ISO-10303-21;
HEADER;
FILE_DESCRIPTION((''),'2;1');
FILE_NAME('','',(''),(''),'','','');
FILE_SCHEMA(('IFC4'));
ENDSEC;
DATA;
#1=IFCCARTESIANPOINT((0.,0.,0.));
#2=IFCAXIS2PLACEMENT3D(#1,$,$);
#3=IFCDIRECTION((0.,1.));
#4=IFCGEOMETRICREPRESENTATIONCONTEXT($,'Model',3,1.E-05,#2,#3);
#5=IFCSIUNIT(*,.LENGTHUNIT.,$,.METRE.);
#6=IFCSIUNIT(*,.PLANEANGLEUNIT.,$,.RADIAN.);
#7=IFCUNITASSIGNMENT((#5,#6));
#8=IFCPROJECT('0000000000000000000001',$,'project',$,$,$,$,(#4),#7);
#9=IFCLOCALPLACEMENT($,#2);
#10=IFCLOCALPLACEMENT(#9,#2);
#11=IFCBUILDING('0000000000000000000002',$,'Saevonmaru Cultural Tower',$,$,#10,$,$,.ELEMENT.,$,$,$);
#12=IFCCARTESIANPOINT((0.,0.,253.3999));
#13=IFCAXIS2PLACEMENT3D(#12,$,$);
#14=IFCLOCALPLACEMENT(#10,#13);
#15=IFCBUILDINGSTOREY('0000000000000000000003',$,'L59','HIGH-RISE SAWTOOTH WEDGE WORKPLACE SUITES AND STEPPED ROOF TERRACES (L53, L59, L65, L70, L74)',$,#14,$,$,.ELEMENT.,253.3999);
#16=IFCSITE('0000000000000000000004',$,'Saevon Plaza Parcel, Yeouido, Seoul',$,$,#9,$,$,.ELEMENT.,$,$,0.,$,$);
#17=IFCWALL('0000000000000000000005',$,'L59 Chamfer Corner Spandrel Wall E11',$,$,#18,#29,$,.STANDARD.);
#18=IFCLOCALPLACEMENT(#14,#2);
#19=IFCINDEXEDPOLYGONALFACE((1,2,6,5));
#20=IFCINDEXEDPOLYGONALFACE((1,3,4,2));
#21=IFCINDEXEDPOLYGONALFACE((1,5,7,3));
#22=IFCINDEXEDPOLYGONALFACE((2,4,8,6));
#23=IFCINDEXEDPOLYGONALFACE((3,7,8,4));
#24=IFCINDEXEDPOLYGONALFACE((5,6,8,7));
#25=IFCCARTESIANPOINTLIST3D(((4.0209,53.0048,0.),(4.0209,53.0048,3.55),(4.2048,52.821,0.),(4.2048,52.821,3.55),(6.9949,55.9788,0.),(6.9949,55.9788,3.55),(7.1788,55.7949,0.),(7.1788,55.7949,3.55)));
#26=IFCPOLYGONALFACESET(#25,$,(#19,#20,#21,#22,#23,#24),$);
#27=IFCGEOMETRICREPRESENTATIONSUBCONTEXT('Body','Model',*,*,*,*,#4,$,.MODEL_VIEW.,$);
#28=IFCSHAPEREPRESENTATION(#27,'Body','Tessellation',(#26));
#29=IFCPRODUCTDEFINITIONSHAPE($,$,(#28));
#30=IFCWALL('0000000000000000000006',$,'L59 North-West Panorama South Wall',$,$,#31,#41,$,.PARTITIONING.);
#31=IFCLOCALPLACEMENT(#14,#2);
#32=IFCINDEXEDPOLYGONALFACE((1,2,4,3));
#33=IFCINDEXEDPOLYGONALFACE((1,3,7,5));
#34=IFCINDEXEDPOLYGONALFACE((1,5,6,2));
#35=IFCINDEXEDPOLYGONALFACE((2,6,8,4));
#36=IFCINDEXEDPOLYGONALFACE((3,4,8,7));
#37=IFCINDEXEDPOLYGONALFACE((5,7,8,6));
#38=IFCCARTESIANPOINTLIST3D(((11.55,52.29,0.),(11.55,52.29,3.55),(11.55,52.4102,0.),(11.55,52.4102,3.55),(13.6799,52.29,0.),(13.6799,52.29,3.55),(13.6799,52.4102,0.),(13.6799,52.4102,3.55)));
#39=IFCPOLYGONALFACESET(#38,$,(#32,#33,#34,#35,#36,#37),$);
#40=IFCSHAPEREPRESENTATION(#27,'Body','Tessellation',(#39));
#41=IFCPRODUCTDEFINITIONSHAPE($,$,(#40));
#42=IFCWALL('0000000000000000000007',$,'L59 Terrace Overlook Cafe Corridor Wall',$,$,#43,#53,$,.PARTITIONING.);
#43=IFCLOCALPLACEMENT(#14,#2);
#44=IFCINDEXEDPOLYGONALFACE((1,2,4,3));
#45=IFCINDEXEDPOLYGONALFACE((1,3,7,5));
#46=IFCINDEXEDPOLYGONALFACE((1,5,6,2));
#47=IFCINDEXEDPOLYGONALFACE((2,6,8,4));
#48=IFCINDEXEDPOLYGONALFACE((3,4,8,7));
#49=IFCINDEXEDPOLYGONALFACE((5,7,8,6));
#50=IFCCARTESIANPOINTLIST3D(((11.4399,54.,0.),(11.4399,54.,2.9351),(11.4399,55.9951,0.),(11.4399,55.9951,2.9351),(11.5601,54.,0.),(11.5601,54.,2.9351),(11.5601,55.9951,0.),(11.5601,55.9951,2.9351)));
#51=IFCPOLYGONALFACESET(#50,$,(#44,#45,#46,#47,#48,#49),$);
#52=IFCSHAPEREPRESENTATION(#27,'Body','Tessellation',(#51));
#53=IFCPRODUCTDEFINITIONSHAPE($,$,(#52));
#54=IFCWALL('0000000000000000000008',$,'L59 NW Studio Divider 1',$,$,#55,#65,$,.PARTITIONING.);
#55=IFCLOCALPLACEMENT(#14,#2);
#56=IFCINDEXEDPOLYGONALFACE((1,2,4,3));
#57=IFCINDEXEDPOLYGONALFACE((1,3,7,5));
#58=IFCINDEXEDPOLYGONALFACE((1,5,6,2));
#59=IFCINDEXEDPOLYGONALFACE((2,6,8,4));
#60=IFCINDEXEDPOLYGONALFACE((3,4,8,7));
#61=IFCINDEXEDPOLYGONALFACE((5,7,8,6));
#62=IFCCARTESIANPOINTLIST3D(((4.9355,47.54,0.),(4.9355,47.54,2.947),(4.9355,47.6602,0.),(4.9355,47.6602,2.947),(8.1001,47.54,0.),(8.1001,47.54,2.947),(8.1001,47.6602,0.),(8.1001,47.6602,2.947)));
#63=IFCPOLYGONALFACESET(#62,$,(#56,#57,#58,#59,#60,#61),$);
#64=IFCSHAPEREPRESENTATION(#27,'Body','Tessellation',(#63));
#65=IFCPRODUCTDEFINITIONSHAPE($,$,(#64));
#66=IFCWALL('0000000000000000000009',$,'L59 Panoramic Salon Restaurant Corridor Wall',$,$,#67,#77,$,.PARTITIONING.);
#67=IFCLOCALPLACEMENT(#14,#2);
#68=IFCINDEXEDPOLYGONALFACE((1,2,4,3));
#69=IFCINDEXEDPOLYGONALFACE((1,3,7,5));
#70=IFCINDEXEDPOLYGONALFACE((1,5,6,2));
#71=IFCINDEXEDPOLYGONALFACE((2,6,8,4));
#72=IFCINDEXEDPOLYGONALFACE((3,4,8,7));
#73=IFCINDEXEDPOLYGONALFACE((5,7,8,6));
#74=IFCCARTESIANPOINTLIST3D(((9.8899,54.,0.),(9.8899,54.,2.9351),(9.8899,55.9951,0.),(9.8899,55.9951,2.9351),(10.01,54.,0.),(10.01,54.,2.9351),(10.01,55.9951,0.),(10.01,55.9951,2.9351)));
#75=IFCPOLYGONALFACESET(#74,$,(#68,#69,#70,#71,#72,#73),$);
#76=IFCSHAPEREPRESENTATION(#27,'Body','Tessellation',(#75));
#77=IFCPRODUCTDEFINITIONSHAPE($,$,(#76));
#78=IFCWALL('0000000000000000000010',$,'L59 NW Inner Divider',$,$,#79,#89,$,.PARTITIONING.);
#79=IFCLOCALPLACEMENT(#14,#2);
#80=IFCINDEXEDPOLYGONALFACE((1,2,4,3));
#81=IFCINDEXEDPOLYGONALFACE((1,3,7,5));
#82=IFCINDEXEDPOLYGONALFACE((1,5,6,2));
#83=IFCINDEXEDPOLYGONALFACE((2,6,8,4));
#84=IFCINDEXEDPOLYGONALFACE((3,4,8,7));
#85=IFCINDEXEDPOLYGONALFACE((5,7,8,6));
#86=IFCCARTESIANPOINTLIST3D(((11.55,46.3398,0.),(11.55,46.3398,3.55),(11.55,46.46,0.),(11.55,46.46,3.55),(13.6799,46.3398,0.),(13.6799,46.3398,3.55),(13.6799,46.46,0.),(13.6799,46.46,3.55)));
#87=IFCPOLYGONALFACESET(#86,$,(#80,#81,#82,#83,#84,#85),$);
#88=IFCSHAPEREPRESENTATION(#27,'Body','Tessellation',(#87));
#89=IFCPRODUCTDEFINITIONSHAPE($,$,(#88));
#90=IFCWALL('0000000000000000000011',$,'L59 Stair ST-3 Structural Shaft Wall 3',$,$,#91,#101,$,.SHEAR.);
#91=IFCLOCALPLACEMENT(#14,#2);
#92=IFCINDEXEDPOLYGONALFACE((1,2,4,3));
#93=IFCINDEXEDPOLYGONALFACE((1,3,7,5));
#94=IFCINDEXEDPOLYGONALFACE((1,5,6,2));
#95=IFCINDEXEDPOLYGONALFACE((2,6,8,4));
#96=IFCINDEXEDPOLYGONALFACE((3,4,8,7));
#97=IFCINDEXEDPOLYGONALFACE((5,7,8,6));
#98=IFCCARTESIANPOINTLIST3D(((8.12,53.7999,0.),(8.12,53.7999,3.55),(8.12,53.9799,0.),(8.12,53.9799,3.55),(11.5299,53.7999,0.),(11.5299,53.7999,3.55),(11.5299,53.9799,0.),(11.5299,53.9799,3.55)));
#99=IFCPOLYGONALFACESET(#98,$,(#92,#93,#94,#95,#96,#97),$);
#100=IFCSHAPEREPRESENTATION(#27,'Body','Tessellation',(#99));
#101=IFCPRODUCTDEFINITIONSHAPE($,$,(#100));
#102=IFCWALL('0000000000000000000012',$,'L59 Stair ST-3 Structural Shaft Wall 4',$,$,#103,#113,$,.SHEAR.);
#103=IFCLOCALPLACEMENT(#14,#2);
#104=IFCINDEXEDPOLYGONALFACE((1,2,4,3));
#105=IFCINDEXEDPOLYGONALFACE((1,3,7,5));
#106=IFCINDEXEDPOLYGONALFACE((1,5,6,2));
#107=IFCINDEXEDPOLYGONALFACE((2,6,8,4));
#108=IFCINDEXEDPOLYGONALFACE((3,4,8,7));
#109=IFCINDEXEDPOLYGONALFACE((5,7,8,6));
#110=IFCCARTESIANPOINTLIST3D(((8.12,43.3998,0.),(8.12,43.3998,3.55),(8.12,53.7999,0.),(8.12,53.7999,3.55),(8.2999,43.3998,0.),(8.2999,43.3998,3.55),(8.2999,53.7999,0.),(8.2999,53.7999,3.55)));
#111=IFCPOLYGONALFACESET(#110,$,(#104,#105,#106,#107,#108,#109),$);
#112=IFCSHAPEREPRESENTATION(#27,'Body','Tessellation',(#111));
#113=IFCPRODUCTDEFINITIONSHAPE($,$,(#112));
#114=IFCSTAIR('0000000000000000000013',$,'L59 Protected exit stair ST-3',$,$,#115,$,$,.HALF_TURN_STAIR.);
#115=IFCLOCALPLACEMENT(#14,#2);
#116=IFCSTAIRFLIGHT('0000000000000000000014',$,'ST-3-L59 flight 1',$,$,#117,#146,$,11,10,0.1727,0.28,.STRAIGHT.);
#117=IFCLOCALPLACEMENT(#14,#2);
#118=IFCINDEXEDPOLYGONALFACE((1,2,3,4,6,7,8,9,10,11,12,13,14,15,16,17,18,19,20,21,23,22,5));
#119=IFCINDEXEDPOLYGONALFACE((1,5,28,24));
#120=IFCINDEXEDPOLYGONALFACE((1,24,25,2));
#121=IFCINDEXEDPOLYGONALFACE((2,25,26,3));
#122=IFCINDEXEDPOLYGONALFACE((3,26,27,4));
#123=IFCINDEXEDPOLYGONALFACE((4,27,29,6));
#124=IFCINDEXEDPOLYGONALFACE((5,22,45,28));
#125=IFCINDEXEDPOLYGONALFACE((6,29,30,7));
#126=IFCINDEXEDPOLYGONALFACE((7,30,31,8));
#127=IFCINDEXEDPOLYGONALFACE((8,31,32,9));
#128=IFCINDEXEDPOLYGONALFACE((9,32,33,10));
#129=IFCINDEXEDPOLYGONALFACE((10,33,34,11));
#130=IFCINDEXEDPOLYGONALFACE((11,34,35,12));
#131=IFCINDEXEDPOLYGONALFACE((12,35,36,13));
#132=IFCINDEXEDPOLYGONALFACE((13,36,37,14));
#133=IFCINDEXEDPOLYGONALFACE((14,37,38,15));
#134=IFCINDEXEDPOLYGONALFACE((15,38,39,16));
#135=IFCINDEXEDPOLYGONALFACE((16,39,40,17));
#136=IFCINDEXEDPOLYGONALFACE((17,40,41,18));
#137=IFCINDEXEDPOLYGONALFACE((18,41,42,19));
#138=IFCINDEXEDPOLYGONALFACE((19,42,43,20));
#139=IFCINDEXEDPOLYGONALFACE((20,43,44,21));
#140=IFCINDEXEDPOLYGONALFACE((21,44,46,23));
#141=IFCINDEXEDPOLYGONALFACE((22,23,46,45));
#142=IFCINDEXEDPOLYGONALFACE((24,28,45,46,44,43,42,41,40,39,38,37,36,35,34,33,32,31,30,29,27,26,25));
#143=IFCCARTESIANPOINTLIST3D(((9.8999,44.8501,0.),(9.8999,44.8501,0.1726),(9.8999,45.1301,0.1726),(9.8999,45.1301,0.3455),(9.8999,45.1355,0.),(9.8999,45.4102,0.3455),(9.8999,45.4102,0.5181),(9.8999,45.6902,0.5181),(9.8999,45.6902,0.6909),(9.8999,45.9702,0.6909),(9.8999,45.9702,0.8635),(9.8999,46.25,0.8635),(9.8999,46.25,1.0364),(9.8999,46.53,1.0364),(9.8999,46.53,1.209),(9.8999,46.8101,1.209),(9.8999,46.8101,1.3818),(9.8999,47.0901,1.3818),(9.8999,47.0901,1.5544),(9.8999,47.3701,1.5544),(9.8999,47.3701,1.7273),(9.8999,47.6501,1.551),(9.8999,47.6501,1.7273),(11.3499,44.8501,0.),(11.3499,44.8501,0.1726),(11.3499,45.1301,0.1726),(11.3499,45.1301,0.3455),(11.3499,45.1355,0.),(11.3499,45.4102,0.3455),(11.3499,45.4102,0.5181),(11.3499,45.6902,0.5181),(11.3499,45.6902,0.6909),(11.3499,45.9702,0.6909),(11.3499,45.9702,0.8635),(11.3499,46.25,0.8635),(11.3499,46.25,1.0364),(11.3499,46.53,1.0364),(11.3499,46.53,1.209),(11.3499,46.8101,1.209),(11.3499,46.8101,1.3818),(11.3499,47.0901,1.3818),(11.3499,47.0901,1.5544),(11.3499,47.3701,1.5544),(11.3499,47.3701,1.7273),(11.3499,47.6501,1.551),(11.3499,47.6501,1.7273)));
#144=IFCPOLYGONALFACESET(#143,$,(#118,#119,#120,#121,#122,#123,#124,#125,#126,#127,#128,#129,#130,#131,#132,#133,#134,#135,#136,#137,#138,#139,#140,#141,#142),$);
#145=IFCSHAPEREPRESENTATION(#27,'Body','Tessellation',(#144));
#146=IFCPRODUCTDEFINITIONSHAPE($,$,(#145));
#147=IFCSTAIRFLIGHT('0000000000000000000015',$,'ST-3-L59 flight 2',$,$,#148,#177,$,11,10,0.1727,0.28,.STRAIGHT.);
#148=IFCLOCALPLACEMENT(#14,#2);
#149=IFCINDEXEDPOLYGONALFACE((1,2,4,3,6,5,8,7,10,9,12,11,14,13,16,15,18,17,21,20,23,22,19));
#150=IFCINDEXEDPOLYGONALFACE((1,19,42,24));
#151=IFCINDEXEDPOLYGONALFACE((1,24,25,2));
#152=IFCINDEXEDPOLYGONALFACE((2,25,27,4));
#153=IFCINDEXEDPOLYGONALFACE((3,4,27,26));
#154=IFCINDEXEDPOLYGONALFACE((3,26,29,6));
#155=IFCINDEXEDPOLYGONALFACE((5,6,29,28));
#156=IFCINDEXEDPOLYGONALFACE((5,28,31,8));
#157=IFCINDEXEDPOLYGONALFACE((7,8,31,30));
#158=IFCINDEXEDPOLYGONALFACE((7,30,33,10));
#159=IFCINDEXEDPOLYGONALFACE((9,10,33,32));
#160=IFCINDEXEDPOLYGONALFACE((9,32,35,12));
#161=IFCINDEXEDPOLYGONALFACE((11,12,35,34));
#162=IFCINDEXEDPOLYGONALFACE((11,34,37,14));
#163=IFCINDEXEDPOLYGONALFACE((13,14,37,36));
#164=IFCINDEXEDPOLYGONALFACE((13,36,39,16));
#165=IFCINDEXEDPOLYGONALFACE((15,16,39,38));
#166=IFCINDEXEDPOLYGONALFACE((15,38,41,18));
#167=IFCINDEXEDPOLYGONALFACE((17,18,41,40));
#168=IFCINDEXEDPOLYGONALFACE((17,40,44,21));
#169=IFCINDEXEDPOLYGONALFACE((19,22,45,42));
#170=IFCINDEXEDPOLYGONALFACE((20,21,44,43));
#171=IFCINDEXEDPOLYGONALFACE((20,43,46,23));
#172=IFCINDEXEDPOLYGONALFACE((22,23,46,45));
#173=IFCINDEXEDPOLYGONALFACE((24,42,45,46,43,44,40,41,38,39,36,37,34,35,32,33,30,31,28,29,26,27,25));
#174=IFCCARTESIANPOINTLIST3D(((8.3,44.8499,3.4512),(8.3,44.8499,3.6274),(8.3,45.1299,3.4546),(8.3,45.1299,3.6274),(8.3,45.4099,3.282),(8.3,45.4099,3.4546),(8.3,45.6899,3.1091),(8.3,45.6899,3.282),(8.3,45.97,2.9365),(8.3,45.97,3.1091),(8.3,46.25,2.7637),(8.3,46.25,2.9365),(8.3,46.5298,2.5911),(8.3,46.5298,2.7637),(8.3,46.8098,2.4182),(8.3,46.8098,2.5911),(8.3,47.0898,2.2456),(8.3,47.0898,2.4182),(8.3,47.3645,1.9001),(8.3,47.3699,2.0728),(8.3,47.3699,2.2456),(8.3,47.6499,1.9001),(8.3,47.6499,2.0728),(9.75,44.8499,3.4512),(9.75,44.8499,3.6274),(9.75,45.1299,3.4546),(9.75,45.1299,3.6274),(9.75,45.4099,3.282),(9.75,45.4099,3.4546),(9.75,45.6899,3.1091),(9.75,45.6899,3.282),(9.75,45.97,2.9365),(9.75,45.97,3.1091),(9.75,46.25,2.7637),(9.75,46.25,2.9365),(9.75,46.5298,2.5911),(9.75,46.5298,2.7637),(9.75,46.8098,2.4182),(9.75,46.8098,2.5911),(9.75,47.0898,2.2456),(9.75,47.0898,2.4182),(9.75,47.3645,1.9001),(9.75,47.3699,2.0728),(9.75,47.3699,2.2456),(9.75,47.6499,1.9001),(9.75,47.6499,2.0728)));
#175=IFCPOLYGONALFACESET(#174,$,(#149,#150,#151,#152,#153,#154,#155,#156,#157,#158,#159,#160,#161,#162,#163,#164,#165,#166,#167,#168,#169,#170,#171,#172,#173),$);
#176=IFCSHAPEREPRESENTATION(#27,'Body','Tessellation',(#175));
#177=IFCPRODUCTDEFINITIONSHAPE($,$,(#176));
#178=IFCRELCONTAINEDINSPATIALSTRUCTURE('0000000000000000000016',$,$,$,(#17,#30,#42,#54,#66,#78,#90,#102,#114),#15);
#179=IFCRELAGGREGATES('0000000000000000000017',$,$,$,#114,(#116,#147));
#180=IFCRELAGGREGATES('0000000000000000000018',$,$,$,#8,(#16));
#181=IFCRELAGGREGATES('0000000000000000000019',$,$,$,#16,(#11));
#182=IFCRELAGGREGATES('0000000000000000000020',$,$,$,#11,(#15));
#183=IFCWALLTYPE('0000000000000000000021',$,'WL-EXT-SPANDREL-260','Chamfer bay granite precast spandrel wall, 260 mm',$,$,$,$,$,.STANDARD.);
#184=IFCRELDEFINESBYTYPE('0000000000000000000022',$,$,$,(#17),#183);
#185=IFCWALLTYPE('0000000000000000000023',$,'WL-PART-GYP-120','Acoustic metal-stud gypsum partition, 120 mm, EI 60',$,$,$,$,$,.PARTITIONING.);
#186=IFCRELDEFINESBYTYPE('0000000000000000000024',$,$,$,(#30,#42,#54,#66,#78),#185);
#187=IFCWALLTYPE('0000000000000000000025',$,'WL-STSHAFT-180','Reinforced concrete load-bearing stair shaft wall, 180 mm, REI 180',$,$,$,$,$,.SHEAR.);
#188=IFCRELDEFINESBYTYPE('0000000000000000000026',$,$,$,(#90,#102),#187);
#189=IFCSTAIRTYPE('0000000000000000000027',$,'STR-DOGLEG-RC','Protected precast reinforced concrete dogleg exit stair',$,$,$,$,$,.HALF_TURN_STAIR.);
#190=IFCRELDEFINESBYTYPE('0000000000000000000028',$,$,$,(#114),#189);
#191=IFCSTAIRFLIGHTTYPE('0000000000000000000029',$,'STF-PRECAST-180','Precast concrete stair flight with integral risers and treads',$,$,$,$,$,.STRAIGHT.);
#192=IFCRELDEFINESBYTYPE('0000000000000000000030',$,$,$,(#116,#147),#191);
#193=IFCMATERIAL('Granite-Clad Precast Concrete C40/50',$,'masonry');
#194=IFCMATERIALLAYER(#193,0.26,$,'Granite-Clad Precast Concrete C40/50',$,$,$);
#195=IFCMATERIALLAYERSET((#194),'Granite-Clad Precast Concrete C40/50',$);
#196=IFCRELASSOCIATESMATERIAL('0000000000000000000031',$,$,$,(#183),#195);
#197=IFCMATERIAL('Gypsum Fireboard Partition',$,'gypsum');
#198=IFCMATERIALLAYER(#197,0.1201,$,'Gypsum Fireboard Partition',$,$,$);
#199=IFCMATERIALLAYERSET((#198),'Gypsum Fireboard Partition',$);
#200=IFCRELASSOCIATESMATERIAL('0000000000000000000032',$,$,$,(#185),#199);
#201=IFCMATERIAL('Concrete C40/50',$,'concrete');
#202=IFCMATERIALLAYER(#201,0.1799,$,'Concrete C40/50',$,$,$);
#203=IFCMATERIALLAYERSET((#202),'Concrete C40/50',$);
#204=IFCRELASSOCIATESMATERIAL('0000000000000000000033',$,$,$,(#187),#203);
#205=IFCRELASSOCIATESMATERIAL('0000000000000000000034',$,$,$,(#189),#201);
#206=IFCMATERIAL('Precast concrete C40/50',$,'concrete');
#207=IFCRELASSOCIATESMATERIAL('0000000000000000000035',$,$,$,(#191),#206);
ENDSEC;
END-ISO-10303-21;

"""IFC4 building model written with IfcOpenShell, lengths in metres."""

from ifc_helpers import new_model, si_unit, direction, frame, frame_2d, origin, place, context, subcontext, project, spatial, polyline, rectangle, outline, extrude, material, layer, layer_set, type_object, element, aggregate, save


model = new_model("IFC4")

# Units and contexts
model_context = context("Model", 3, precision=1e-05, world=origin(), true_north=direction((0.0, 1.0)))
body_context = subcontext(model_context, "Body", "Model", "MODEL_VIEW")
ifc_project = project(units=[si_unit("LENGTHUNIT", "METRE"), si_unit("PLANEANGLEUNIT", "RADIAN")], contexts=[model_context])

# Site, building, storey
site_placement = place(None, origin())
site = spatial("IfcSite", under=ifc_project, at=site_placement, Name="Saevon Plaza Parcel, Yeouido, Seoul", CompositionType="ELEMENT", RefElevation=0.0)
building_placement = place(site_placement, origin())
building = spatial("IfcBuilding", under=site, at=building_placement, Name="Saevonmaru Cultural Tower", CompositionType="ELEMENT")
storey_placement = place(building_placement, frame((0.0, 0.0, 253.3999)))
storey = spatial("IfcBuildingStorey", under=building, at=storey_placement, Name="L59", Description="HIGH-RISE SAWTOOTH WEDGE WORKPLACE SUITES AND STEPPED ROOF TERRACES (L53, L59, L65, L70, L74)", CompositionType="ELEMENT", Elevation=253.3999)

# Walls
ifc_material_1 = material(Name="Granite-Clad Precast Concrete C40/50", Category="masonry")
ifc_layer_1 = layer(ifc_material_1, 0.26, Name="Granite-Clad Precast Concrete C40/50")
ifc_layer_set_1 = layer_set([ifc_layer_1], Name="Granite-Clad Precast Concrete C40/50")
wall_type_1 = type_object("IfcWallType", Name="WL-EXT-SPANDREL-260", Description="Chamfer bay granite precast spandrel wall, 260 mm", PredefinedType="STANDARD", material=ifc_layer_set_1)
wall_1_placement = place(storey_placement, frame((7.0869, 55.887, 0.0), z_axis=(0.0, 0.0, 1.0), x_axis=(-0.707107, -0.707107, 0.0)))
element("IfcWall", 1, at=wall_1_placement, inside=storey, type_object=wall_type_1, Name="L59 Chamfer Corner Spandrel Wall E11", PredefinedType="STANDARD", context=body_context, shape_type="SweptSolid", body=[
    extrude(rectangle(XDim=4.2058, YDim=0.26, at=frame_2d((2.103, 0.0))), origin(), (0.0, 0.0, 1.0), 3.55),
])
ifc_material_2 = material(Name="Gypsum Fireboard Partition", Category="gypsum")
ifc_layer_2 = layer(ifc_material_2, 0.1201, Name="Gypsum Fireboard Partition")
ifc_layer_set_2 = layer_set([ifc_layer_2], Name="Gypsum Fireboard Partition")
wall_type_2 = type_object("IfcWallType", Name="WL-PART-GYP-120", Description="Acoustic metal-stud gypsum partition, 120 mm, EI 60", PredefinedType="PARTITIONING", material=ifc_layer_set_2)
wall_2_placement = place(storey_placement, frame((11.55, 52.3501, 0.0), z_axis=(0.0, 0.0, 1.0), x_axis=(1.0, 0.0, 0.0)))
element("IfcWall", 2, at=wall_2_placement, inside=storey, type_object=wall_type_2, Name="L59 North-West Panorama South Wall", PredefinedType="PARTITIONING", context=body_context, shape_type="SweptSolid", body=[
    extrude(rectangle(XDim=2.1299, YDim=0.1201, at=frame_2d((1.0649, 0.0))), origin(), (0.0, 0.0, 1.0), 3.55),
])
wall_3_placement = place(storey_placement, frame((11.5, 54.0, 0.0), z_axis=(0.0, 0.0, 1.0), x_axis=(0.0, 1.0, 0.0)))
element("IfcWall", 3, at=wall_3_placement, inside=storey, type_object=wall_type_2, Name="L59 Terrace Overlook Cafe Corridor Wall", PredefinedType="PARTITIONING", context=body_context, shape_type="SweptSolid", body=[
    extrude(rectangle(XDim=1.9951, YDim=0.1201, at=frame_2d((0.9976, 0.0))), origin(), (0.0, 0.0, 1.0), 2.9351),
])
wall_4_placement = place(storey_placement, frame((4.9355, 47.6001, 0.0), z_axis=(0.0, 0.0, 1.0), x_axis=(1.0, 0.0, 0.0)))
element("IfcWall", 4, at=wall_4_placement, inside=storey, type_object=wall_type_2, Name="L59 NW Studio Divider 1", PredefinedType="PARTITIONING", context=body_context, shape_type="SweptSolid", body=[
    extrude(rectangle(XDim=3.1646, YDim=0.1201, at=frame_2d((1.5823, 0.0))), origin(), (0.0, 0.0, 1.0), 2.947),
])
wall_5_placement = place(storey_placement, frame((9.95, 54.0, 0.0), z_axis=(0.0, 0.0, 1.0), x_axis=(0.0, 1.0, 0.0)))
element("IfcWall", 5, at=wall_5_placement, inside=storey, type_object=wall_type_2, Name="L59 Panoramic Salon Restaurant Corridor Wall", PredefinedType="PARTITIONING", context=body_context, shape_type="SweptSolid", body=[
    extrude(rectangle(XDim=1.9951, YDim=0.1201, at=frame_2d((0.9976, 0.0))), origin(), (0.0, 0.0, 1.0), 2.9351),
])
wall_6_placement = place(storey_placement, frame((11.55, 46.3999, 0.0), z_axis=(0.0, 0.0, 1.0), x_axis=(1.0, 0.0, 0.0)))
element("IfcWall", 6, at=wall_6_placement, inside=storey, type_object=wall_type_2, Name="L59 NW Inner Divider", PredefinedType="PARTITIONING", context=body_context, shape_type="SweptSolid", body=[
    extrude(rectangle(XDim=2.1299, YDim=0.1201, at=frame_2d((1.0649, 0.0))), origin(), (0.0, 0.0, 1.0), 3.55),
])
ifc_material_3 = material(Name="Concrete C40/50", Category="concrete")
ifc_layer_3 = layer(ifc_material_3, 0.1799, Name="Concrete C40/50")
ifc_layer_set_3 = layer_set([ifc_layer_3], Name="Concrete C40/50")
wall_type_3 = type_object("IfcWallType", Name="WL-STSHAFT-180", Description="Reinforced concrete load-bearing stair shaft wall, 180 mm, REI 180", PredefinedType="SHEAR", material=ifc_layer_set_3)
wall_7_placement = place(storey_placement, frame((11.53, 53.8899, 0.0), z_axis=(0.0, 0.0, 1.0), x_axis=(-1.0, 0.0, 0.0)))
element("IfcWall", 7, at=wall_7_placement, inside=storey, type_object=wall_type_3, Name="L59 Stair ST-3 Structural Shaft Wall 3", PredefinedType="SHEAR", context=body_context, shape_type="SweptSolid", body=[
    extrude(rectangle(XDim=3.4099, YDim=0.1799, at=frame_2d((1.7051, 0.0))), origin(), (0.0, 0.0, 1.0), 3.55),
])
wall_8_placement = place(storey_placement, frame((8.21, 53.8, 0.0), z_axis=(0.0, 0.0, 1.0), x_axis=(0.0, -1.0, 0.0)))
element("IfcWall", 8, at=wall_8_placement, inside=storey, type_object=wall_type_3, Name="L59 Stair ST-3 Structural Shaft Wall 4", PredefinedType="SHEAR", context=body_context, shape_type="SweptSolid", body=[
    extrude(rectangle(XDim=10.4001, YDim=0.1799, at=frame_2d((5.2002, 0.0))), origin(), (0.0, 0.0, 1.0), 3.55),
])

# Stair, stair flights
stair_type = type_object("IfcStairType", Name="STR-DOGLEG-RC", Description="Protected precast reinforced concrete dogleg exit stair", PredefinedType="HALF_TURN_STAIR", material=ifc_material_3)
stair_placement = place(storey_placement, origin())
stair = element("IfcStair", 9, at=stair_placement, inside=storey, type_object=stair_type, Name="L59 Protected exit stair ST-3", PredefinedType="HALF_TURN_STAIR")
ifc_material_4 = material(Name="Precast concrete C40/50", Category="concrete")
stair_flight_type = type_object("IfcStairFlightType", Name="STF-PRECAST-180", Description="Precast concrete stair flight with integral risers and treads", PredefinedType="STRAIGHT", material=ifc_material_4)
stair_flight_1_placement = place(storey_placement, frame((10.625, 44.8501, 0.0), z_axis=(0.0, 0.0, 1.0), x_axis=(0.0, 1.0, 0.0)))
stair_flight_1 = element("IfcStairFlight", 10, at=stair_flight_1_placement, type_object=stair_flight_type, Name="ST-3-L59 flight 1", NumberOfRisers=11, NumberOfTreads=10, PredefinedType="STRAIGHT", RiserHeight=0.1727, TreadLength=0.28, context=body_context, shape_type="SweptSolid", body=[
    extrude(outline(polyline([(0.0, 0.0), (0.0, 0.1726), (0.28, 0.1726), (0.28, 0.3455), (0.5601, 0.3455), (0.5601, 0.5181), (0.8401, 0.5181), (0.8401, 0.6909), (1.1201, 0.6909), (1.1201, 0.8635), (1.3999, 0.8635), (1.3999, 1.0364), (1.6799, 1.0364), (1.6799, 1.209), (1.96, 1.209), (1.96, 1.3818), (2.24, 1.3818), (2.24, 1.5544), (2.52, 1.5544), (2.52, 1.7273), (2.8, 1.7273), (2.8, 1.8999), (2.8, 1.551), (0.2854, 0.0), (0.0, 0.0)])), frame((0.0, 0.7251, 0.0), z_axis=(0.0, -1.0, 0.0), x_axis=(1.0, 0.0, 0.0)), (0.0, 0.0, 1.0), 1.45),
])
stair_flight_2_placement = place(storey_placement, frame((9.0249, 47.6499, 1.9001), z_axis=(0.0, 0.0, 1.0), x_axis=(0.0, -1.0, 0.0)))
stair_flight_2 = element("IfcStairFlight", 11, at=stair_flight_2_placement, type_object=stair_flight_type, Name="ST-3-L59 flight 2", NumberOfRisers=11, NumberOfTreads=10, PredefinedType="STRAIGHT", RiserHeight=0.1727, TreadLength=0.28, context=body_context, shape_type="SweptSolid", body=[
    extrude(outline(polyline([(0.0, 0.0), (0.0, 0.1726), (0.28, 0.1726), (0.28, 0.3455), (0.5601, 0.3455), (0.5601, 0.5181), (0.8401, 0.5181), (0.8401, 0.6909), (1.1201, 0.6909), (1.1201, 0.8635), (1.3999, 0.8635), (1.3999, 1.0364), (1.6799, 1.0364), (1.6799, 1.209), (1.96, 1.209), (1.96, 1.3818), (2.24, 1.3818), (2.24, 1.5544), (2.52, 1.5544), (2.52, 1.7273), (2.8, 1.7273), (2.8, 1.8999), (2.8, 1.551), (0.2854, 0.0), (0.0, 0.0)])), frame((0.0, 0.7251, 0.0), z_axis=(0.0, -1.0, 0.0), x_axis=(1.0, 0.0, 0.0)), (0.0, 0.0, 1.0), 1.45),
])
aggregate(stair, [stair_flight_1, stair_flight_2])

save(model, "model.ifc")
